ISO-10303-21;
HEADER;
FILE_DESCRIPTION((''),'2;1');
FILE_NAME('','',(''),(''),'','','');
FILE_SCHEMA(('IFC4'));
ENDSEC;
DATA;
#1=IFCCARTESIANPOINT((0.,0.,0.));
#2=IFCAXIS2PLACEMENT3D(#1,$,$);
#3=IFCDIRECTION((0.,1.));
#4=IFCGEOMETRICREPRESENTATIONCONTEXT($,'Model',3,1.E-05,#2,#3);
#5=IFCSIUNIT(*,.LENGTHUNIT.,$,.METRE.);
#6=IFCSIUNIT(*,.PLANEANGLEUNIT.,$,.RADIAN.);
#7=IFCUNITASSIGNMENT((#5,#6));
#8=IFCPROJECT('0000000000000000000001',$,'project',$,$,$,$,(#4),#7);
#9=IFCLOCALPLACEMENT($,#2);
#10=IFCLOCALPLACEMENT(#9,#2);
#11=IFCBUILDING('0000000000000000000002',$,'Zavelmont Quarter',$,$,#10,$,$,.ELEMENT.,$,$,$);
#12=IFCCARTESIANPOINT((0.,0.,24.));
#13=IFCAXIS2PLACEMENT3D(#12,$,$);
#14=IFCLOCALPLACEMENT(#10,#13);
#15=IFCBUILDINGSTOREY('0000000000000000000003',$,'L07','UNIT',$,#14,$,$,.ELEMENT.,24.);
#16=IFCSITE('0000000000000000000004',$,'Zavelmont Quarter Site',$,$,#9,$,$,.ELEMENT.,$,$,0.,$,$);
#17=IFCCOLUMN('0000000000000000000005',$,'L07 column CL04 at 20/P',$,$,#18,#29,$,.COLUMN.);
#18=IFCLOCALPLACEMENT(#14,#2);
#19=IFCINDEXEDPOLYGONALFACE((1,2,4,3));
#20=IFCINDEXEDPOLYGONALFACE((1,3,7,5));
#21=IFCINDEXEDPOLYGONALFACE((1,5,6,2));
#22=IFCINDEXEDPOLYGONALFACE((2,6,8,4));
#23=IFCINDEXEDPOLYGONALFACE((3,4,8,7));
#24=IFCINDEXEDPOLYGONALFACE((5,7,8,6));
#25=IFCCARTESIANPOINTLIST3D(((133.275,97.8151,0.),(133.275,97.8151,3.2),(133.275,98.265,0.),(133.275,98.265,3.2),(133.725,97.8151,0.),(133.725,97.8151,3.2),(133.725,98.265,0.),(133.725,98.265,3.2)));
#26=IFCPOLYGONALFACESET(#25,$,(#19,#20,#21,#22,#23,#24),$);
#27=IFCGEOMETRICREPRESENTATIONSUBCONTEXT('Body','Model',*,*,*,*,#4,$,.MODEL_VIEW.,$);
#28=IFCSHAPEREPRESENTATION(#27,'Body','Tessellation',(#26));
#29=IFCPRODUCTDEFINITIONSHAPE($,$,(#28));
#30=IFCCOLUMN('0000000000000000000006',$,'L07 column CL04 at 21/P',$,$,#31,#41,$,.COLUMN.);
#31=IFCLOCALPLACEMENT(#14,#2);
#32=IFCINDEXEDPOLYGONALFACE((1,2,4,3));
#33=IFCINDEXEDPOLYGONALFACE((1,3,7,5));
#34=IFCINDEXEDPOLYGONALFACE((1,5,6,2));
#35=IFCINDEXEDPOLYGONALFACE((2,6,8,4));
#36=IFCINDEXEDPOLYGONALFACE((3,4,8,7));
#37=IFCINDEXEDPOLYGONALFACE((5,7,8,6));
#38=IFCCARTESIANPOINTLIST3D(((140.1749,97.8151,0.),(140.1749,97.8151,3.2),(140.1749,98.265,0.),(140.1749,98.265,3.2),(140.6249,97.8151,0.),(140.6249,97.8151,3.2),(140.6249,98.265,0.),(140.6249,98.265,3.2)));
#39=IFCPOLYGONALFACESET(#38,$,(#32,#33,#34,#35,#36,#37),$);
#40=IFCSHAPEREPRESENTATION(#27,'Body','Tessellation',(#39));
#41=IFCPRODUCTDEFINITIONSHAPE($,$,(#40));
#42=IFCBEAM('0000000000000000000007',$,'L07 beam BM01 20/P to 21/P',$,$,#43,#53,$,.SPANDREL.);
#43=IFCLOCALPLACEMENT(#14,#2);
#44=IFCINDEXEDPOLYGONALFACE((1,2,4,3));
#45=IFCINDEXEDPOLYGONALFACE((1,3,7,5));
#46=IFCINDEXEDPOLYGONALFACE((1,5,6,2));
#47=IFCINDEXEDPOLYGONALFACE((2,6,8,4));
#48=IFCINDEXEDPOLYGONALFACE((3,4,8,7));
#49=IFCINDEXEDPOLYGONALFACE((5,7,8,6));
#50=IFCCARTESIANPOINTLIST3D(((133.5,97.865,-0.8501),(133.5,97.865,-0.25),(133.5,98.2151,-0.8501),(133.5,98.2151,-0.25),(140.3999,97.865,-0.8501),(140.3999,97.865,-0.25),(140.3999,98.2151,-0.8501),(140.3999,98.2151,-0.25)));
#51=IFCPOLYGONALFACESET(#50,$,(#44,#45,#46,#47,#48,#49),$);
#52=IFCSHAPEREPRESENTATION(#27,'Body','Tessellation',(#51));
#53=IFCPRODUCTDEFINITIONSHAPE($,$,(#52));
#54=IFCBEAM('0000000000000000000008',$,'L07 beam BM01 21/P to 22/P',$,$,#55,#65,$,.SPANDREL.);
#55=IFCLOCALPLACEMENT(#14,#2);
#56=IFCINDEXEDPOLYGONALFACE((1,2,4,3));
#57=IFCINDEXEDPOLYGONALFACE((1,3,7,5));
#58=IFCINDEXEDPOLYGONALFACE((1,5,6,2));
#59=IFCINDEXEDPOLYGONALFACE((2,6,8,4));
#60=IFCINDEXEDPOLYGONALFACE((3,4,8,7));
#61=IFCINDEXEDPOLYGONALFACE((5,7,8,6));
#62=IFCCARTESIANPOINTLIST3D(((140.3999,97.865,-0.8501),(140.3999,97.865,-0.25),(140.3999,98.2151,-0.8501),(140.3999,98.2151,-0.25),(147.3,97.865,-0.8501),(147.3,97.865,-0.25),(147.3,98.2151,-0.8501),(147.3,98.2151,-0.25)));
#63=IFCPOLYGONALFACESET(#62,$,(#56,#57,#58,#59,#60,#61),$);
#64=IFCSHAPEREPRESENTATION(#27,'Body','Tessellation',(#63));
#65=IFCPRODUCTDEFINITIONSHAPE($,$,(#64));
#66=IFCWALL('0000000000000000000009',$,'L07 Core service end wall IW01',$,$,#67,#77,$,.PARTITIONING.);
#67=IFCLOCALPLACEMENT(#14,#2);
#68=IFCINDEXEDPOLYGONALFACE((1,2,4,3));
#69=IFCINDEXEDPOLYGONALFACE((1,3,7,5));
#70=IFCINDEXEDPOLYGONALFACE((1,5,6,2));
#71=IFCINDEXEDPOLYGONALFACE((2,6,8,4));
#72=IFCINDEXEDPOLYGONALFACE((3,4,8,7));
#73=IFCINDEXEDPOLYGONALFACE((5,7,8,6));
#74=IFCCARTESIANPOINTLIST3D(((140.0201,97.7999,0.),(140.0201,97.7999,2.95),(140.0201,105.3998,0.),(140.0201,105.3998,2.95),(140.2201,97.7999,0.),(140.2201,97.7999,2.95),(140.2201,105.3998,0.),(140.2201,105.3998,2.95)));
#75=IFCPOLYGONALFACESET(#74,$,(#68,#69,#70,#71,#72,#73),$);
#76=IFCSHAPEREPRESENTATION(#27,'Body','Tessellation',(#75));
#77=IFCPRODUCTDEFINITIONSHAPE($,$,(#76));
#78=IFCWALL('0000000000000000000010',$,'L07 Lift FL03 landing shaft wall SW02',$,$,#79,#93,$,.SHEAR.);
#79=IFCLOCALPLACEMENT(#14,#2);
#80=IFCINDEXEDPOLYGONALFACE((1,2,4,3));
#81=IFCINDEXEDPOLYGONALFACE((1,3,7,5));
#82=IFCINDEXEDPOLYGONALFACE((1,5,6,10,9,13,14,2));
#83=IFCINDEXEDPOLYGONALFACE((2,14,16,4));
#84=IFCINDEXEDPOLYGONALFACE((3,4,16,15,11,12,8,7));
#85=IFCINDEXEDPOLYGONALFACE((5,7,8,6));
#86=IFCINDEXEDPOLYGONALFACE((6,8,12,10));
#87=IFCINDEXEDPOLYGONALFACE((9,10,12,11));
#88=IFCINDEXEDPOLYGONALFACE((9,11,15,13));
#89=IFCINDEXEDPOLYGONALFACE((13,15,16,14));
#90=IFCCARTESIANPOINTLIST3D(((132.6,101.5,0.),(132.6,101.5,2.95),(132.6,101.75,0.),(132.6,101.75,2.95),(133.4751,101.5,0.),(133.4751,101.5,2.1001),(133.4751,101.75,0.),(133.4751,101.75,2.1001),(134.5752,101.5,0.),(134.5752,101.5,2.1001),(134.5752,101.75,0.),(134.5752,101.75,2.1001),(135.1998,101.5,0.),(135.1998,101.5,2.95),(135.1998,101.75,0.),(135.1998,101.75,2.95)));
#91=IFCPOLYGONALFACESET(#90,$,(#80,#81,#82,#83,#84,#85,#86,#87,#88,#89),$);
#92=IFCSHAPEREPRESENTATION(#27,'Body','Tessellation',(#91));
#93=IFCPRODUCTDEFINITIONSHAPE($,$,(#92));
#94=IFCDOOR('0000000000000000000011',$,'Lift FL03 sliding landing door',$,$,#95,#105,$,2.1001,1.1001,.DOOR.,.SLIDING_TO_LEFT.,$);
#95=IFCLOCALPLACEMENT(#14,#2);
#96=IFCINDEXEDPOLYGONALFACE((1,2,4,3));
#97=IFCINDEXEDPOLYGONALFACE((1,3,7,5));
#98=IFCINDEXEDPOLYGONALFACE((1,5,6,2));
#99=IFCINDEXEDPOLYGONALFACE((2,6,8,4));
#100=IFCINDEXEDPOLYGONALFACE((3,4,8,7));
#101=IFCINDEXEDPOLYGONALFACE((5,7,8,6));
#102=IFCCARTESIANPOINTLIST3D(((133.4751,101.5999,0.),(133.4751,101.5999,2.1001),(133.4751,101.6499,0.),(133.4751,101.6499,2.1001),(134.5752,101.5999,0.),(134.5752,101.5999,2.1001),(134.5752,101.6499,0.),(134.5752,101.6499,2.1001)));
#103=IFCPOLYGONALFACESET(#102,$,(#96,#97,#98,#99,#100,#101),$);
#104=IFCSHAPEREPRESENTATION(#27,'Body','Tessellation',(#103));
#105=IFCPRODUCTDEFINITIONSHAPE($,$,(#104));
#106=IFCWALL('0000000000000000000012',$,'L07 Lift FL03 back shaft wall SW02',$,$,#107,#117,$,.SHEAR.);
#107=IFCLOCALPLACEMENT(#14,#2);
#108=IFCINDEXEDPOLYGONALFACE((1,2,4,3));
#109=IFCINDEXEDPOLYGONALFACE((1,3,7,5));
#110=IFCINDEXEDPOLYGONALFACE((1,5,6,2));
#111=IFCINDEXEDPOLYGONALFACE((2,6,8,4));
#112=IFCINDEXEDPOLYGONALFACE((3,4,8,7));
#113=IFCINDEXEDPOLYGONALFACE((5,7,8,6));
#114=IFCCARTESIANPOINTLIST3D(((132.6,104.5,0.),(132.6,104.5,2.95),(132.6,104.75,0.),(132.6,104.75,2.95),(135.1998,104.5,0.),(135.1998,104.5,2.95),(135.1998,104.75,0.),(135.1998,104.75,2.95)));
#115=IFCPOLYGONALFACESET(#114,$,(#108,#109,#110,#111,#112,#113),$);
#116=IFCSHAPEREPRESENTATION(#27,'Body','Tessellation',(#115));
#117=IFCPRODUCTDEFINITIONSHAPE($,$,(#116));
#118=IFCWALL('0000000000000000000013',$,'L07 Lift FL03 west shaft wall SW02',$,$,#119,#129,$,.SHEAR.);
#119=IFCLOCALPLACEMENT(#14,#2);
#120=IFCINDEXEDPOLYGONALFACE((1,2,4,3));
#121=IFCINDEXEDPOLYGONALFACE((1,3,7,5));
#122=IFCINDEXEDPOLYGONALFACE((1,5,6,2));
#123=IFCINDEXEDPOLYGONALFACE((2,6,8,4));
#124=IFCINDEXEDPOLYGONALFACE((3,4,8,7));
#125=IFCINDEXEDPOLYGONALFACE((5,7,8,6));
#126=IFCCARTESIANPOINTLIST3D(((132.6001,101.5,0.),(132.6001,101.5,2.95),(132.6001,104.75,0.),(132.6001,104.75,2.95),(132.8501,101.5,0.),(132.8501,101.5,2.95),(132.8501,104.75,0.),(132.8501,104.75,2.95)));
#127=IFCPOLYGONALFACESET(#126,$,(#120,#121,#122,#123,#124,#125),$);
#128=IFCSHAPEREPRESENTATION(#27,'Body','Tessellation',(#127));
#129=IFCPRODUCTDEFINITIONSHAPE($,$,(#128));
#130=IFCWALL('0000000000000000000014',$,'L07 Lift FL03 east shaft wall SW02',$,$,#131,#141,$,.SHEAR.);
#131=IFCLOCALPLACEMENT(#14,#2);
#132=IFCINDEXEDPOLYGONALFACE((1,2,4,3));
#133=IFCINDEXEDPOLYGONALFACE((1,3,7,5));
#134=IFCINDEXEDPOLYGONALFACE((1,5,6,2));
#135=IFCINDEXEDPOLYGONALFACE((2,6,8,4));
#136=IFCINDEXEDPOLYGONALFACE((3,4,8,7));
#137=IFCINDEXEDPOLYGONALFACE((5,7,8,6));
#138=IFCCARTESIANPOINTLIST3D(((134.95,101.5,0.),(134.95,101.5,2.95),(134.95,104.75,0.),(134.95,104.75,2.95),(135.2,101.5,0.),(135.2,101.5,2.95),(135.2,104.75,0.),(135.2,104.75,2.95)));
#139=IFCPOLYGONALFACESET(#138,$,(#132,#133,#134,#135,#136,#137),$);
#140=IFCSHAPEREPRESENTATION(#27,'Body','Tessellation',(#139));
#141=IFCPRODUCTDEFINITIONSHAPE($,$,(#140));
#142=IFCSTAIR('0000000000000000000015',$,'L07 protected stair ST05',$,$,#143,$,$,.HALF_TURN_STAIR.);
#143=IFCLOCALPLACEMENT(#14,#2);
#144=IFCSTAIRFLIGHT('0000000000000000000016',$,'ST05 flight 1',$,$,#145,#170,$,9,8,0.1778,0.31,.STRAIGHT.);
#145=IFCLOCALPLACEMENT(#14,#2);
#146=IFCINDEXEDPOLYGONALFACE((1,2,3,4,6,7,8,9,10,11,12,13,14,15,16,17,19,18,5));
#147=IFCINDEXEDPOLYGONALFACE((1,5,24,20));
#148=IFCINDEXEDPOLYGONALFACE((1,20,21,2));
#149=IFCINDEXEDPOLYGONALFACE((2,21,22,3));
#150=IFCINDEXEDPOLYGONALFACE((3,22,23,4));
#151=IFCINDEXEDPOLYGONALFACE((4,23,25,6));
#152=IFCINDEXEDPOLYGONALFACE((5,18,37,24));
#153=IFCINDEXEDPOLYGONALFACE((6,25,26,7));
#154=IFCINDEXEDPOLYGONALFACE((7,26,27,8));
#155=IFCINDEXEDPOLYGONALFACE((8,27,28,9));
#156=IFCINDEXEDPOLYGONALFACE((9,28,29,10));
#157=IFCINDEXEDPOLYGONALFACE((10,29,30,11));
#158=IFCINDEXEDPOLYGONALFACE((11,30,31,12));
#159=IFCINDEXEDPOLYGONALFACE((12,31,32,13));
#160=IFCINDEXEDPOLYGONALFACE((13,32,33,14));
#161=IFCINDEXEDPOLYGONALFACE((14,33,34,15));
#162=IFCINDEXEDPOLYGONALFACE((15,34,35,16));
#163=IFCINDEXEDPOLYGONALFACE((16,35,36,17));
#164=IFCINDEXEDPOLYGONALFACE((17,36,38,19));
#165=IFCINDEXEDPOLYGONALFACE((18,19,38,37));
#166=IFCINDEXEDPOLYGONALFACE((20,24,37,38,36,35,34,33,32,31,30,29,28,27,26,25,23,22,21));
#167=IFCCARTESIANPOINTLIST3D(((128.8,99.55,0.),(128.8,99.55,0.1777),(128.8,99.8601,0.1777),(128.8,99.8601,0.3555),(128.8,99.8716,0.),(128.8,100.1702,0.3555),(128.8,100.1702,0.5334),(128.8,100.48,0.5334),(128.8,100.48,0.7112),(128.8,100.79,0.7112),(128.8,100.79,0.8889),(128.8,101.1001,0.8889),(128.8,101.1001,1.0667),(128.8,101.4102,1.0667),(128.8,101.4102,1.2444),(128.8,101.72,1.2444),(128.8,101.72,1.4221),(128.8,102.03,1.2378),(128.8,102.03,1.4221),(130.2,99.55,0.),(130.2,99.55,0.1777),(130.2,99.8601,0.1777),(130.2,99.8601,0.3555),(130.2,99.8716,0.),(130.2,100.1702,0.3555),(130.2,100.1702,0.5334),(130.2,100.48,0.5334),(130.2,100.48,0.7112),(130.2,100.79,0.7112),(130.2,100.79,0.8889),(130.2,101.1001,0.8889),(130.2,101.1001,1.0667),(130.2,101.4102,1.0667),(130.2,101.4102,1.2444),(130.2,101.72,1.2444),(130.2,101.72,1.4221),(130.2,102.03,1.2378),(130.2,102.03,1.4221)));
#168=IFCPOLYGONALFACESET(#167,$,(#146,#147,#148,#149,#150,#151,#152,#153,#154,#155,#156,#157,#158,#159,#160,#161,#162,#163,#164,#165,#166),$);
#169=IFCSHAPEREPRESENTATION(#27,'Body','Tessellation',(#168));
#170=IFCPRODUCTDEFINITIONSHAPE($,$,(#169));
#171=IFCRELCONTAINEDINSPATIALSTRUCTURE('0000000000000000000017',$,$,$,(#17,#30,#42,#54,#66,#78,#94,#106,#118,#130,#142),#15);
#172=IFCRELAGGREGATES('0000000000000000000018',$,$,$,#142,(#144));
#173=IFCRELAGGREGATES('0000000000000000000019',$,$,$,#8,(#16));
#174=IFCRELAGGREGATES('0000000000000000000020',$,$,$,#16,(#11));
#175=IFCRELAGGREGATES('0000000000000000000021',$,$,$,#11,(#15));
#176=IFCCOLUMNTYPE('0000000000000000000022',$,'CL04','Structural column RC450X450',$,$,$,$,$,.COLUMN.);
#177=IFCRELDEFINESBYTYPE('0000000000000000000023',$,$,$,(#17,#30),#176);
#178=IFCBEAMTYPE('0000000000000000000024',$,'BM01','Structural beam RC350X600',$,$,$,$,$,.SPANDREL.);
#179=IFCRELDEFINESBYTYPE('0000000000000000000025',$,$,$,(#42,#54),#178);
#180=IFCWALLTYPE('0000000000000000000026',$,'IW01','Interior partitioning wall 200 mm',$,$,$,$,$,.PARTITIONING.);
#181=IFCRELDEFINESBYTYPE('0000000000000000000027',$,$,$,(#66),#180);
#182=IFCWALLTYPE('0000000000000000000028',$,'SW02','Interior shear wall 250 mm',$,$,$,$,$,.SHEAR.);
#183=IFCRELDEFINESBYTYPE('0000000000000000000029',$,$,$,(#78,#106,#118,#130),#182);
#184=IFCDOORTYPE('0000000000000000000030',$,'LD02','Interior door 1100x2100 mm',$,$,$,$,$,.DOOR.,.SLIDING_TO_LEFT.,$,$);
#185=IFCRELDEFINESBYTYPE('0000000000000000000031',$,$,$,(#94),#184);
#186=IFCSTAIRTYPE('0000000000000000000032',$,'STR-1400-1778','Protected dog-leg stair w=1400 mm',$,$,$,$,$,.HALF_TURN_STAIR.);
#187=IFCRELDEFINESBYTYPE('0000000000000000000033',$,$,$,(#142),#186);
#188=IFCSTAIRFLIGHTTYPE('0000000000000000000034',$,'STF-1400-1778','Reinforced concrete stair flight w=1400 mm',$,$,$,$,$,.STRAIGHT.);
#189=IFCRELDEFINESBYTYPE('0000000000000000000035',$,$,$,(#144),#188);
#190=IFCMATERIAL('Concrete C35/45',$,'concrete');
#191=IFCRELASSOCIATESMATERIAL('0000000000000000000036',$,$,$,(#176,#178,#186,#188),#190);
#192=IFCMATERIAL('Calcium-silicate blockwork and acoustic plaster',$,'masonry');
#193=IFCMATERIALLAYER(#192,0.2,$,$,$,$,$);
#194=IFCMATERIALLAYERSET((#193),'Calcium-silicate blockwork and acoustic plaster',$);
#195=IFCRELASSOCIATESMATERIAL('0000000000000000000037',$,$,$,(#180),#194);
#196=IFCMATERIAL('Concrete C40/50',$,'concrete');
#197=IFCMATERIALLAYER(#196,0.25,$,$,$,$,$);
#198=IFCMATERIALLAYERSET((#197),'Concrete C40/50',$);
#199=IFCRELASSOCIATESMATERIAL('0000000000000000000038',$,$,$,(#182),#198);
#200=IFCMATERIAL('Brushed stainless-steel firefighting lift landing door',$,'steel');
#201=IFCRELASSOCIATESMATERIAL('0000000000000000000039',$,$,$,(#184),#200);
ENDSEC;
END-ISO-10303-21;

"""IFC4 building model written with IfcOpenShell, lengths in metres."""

from ifc_helpers import new_model, si_unit, direction, frame, frame_2d, origin, origin_with_axes, origin_2d, place, context, subcontext, project, spatial, polyline, rectangle, outline, extrude, material, layer, layer_set, material_profile, profile_set, type_object, element, fill, aggregate, save


model = new_model("IFC4")

# Units and contexts
model_context = context("Model", 3, precision=1e-05, world=origin(), true_north=direction((0.0, 1.0)))
body_context = subcontext(model_context, "Body", "Model", "MODEL_VIEW")
ifc_project = project(units=[si_unit("LENGTHUNIT", "METRE"), si_unit("PLANEANGLEUNIT", "RADIAN")], contexts=[model_context])

# Site, building, storey
site_placement = place(None, origin())
site = spatial("IfcSite", under=ifc_project, at=site_placement, Name="Zavelmont Quarter Site", CompositionType="ELEMENT", RefElevation=0.0)
building_placement = place(site_placement, origin())
building = spatial("IfcBuilding", under=site, at=building_placement, Name="Zavelmont Quarter", CompositionType="ELEMENT")
storey_placement = place(building_placement, frame((0.0, 0.0, 24.0)))
storey = spatial("IfcBuildingStorey", under=building, at=storey_placement, Name="L07", Description="UNIT", CompositionType="ELEMENT", Elevation=24.0)

# Columns
ifc_material_1 = material(Name="Concrete C35/45", Category="concrete")
ifc_material_profile_1 = material_profile(ifc_material_1, rectangle(XDim=0.45, YDim=0.45, at=origin_2d()), Name="RC450X450")
ifc_profile_set_1 = profile_set([ifc_material_profile_1], Name="Concrete C35/45")
column_type = type_object("IfcColumnType", Name="CL04", Description="Structural column RC450X450", PredefinedType="COLUMN", material=ifc_profile_set_1)
for number, where, z_axis, x_axis, name in (
    (1, (133.5, 98.04, 0.0), (0.0, 0.0, 1.0), (1.0, 0.0, 0.0), "L07 column CL04 at 20/P"),
    (2, (140.3999, 98.04, 0.0), (0.0, 0.0, 1.0), (1.0, 0.0, 0.0), "L07 column CL04 at 21/P"),
):
    element("IfcColumn", number, at=place(storey_placement, frame(where, z_axis=z_axis, x_axis=x_axis)), inside=storey, type_object=column_type, Name=name, PredefinedType="COLUMN", context=body_context, shape_type="SweptSolid", body=[
        extrude(rectangle(XDim=0.45, YDim=0.45, at=origin_2d()), origin(), (0.0, 0.0, 1.0), 3.2),
    ])

# Beams
ifc_material_profile_2 = material_profile(ifc_material_1, rectangle(XDim=0.3501, YDim=0.6001, at=origin_2d()), Name="RC350X600")
ifc_profile_set_2 = profile_set([ifc_material_profile_2], Name="Concrete C35/45")
beam_type = type_object("IfcBeamType", Name="BM01", Description="Structural beam RC350X600", PredefinedType="SPANDREL", material=ifc_profile_set_2)
beam_1_placement = place(storey_placement, frame((133.5, 98.04, -0.55), z_axis=(1.0, 0.0, 0.0), x_axis=(0.0, 1.0, 0.0)))
element("IfcBeam", 3, at=beam_1_placement, inside=storey, type_object=beam_type, Name="L07 beam BM01 20/P to 21/P", PredefinedType="SPANDREL", context=body_context, shape_type="SweptSolid", body=[
    extrude(rectangle(XDim=0.3501, YDim=0.6001, at=origin_2d()), origin(), (0.0, 0.0, 1.0), 6.8999),
])
beam_2_placement = place(storey_placement, frame((140.3999, 98.04, -0.55), z_axis=(1.0, 0.0, 0.0), x_axis=(0.0, 1.0, 0.0)))
element("IfcBeam", 4, at=beam_2_placement, inside=storey, type_object=beam_type, Name="L07 beam BM01 21/P to 22/P", PredefinedType="SPANDREL", context=body_context, shape_type="SweptSolid", body=[
    extrude(rectangle(XDim=0.3501, YDim=0.6001, at=origin_2d()), origin(), (0.0, 0.0, 1.0), 6.9001),
])

# Wall
ifc_material_2 = material(Name="Calcium-silicate blockwork and acoustic plaster", Category="masonry")
ifc_layer_1 = layer(ifc_material_2, 0.2)
ifc_layer_set_1 = layer_set([ifc_layer_1], Name="Calcium-silicate blockwork and acoustic plaster")
wall_type_1 = type_object("IfcWallType", Name="IW01", Description="Interior partitioning wall 200 mm", PredefinedType="PARTITIONING", material=ifc_layer_set_1)
wall_1_placement = place(storey_placement, frame((140.1201, 97.8, 0.0), z_axis=(0.0, 0.0, 1.0), x_axis=(0.0, 1.0, 0.0)))
element("IfcWall", 5, at=wall_1_placement, inside=storey, type_object=wall_type_1, Name="L07 Core service end wall IW01", PredefinedType="PARTITIONING", context=body_context, shape_type="SweptSolid", body=[
    extrude(rectangle(XDim=7.5999, YDim=0.2, at=frame_2d((3.7998, 0.0))), origin(), (0.0, 0.0, 1.0), 2.95),
])

# Wall, opening, door
ifc_material_3 = material(Name="Concrete C40/50", Category="concrete")
ifc_layer_2 = layer(ifc_material_3, 0.25)
ifc_layer_set_2 = layer_set([ifc_layer_2], Name="Concrete C40/50")
wall_type_2 = type_object("IfcWallType", Name="SW02", Description="Interior shear wall 250 mm", PredefinedType="SHEAR", material=ifc_layer_set_2)
wall_2_placement = place(storey_placement, frame((132.6001, 101.625, 0.0), z_axis=(0.0, 0.0, 1.0), x_axis=(1.0, 0.0, 0.0)))
wall_2 = element("IfcWall", 6, at=wall_2_placement, inside=storey, type_object=wall_type_2, Name="L07 Lift FL03 landing shaft wall SW02", PredefinedType="SHEAR", context=body_context, shape_type="SweptSolid", body=[
    extrude(rectangle(XDim=2.5999, YDim=0.25, at=frame_2d((1.2998, 0.0))), origin(), (0.0, 0.0, 1.0), 2.95),
])
opening_1_placement = place(wall_2_placement, frame((0.875, 0.0, 0.0)))
opening_1 = element("IfcOpeningElement", 7, at=opening_1_placement, cuts=wall_2, PredefinedType="OPENING", context=body_context, shape_type="SweptSolid", body=[
    extrude(rectangle(XDim=1.1001, YDim=2.1001, at=frame_2d((0.55, 1.05))), frame((0.0, 0.137, 0.0), z_axis=(0.0, -1.0, 0.0), x_axis=(1.0, 0.0, 0.0)), (0.0, 0.0, 1.0), 0.2739),
])
ifc_material_4 = material(Name="Brushed stainless-steel firefighting lift landing door", Category="steel")
door_type_1 = type_object("IfcDoorType", Name="LD02", Description="Interior door 1100x2100 mm", OperationType="SLIDING_TO_LEFT", PredefinedType="DOOR", material=ifc_material_4)
door_1_placement = place(opening_1_placement, origin_with_axes())
door_1 = element("IfcDoor", 8, at=door_1_placement, inside=storey, type_object=door_type_1, Name="Lift FL03 sliding landing door", OperationType="SLIDING_TO_LEFT", OverallHeight=2.1001, OverallWidth=1.1001, PredefinedType="DOOR", context=body_context, shape_type="SweptSolid", body=[
    extrude(rectangle(XDim=1.1001, YDim=2.1001, at=frame_2d((0.55, 1.05))), frame((0.0, 0.0249, 0.0), z_axis=(0.0, -1.0, 0.0), x_axis=(1.0, 0.0, 0.0)), (0.0, 0.0, 1.0), 0.05),
])
fill(opening_1, door_1)

# Walls
wall_3_placement = place(storey_placement, frame((132.6001, 104.625, 0.0), z_axis=(0.0, 0.0, 1.0), x_axis=(1.0, 0.0, 0.0)))
element("IfcWall", 9, at=wall_3_placement, inside=storey, type_object=wall_type_2, Name="L07 Lift FL03 back shaft wall SW02", PredefinedType="SHEAR", context=body_context, shape_type="SweptSolid", body=[
    extrude(rectangle(XDim=2.5999, YDim=0.25, at=frame_2d((1.2998, 0.0))), origin(), (0.0, 0.0, 1.0), 2.95),
])
for number, where, z_axis, x_axis, name in (
    (10, (132.7251, 101.5, 0.0), (0.0, 0.0, 1.0), (0.0, 1.0, 0.0), "L07 Lift FL03 west shaft wall SW02"),
    (11, (135.075, 101.5, 0.0), (0.0, 0.0, 1.0), (0.0, 1.0, 0.0), "L07 Lift FL03 east shaft wall SW02"),
):
    element("IfcWall", number, at=place(storey_placement, frame(where, z_axis=z_axis, x_axis=x_axis)), inside=storey, type_object=wall_type_2, Name=name, PredefinedType="SHEAR", context=body_context, shape_type="SweptSolid", body=[
        extrude(rectangle(XDim=3.25, YDim=0.25, at=frame_2d((1.625, 0.0))), origin(), (0.0, 0.0, 1.0), 2.95),
    ])

# Stair, stair flight
stair_type = type_object("IfcStairType", Name="STR-1400-1778", Description="Protected dog-leg stair w=1400 mm", PredefinedType="HALF_TURN_STAIR", material=ifc_material_1)
stair_placement = place(storey_placement, origin())
stair = element("IfcStair", 12, at=stair_placement, inside=storey, type_object=stair_type, Name="L07 protected stair ST05", PredefinedType="HALF_TURN_STAIR")
stair_flight_type = type_object("IfcStairFlightType", Name="STF-1400-1778", Description="Reinforced concrete stair flight w=1400 mm", PredefinedType="STRAIGHT", material=ifc_material_1)
stair_flight_placement = place(storey_placement, frame((129.5, 99.55, 0.0), z_axis=(0.0, 0.0, 1.0), x_axis=(0.0, 1.0, 0.0)))
stair_flight = element("IfcStairFlight", 13, at=stair_flight_placement, type_object=stair_flight_type, Name="ST05 flight 1", NumberOfRisers=9, NumberOfTreads=8, PredefinedType="STRAIGHT", RiserHeight=0.1778, TreadLength=0.31, context=body_context, shape_type="SweptSolid", body=[
    extrude(outline(polyline([(0.0, 0.0), (0.0, 0.1777), (0.3101, 0.1777), (0.3101, 0.3555), (0.6201, 0.3555), (0.6201, 0.5334), (0.9299, 0.5334), (0.9299, 0.7112), (1.24, 0.7112), (1.24, 0.8889), (1.55, 0.8889), (1.55, 1.0667), (1.8601, 1.0667), (1.8601, 1.2444), (2.1699, 1.2444), (2.1699, 1.4221), (2.48, 1.4221), (2.48, 1.6001), (2.48, 1.2378), (0.3215, 0.0), (0.0, 0.0)])), frame((0.0, 0.7, 0.0), z_axis=(0.0, -1.0, 0.0), x_axis=(1.0, 0.0, 0.0)), (0.0, 0.0, 1.0), 1.3999),
])
aggregate(stair, [stair_flight])

save(model, "model.ifc")
